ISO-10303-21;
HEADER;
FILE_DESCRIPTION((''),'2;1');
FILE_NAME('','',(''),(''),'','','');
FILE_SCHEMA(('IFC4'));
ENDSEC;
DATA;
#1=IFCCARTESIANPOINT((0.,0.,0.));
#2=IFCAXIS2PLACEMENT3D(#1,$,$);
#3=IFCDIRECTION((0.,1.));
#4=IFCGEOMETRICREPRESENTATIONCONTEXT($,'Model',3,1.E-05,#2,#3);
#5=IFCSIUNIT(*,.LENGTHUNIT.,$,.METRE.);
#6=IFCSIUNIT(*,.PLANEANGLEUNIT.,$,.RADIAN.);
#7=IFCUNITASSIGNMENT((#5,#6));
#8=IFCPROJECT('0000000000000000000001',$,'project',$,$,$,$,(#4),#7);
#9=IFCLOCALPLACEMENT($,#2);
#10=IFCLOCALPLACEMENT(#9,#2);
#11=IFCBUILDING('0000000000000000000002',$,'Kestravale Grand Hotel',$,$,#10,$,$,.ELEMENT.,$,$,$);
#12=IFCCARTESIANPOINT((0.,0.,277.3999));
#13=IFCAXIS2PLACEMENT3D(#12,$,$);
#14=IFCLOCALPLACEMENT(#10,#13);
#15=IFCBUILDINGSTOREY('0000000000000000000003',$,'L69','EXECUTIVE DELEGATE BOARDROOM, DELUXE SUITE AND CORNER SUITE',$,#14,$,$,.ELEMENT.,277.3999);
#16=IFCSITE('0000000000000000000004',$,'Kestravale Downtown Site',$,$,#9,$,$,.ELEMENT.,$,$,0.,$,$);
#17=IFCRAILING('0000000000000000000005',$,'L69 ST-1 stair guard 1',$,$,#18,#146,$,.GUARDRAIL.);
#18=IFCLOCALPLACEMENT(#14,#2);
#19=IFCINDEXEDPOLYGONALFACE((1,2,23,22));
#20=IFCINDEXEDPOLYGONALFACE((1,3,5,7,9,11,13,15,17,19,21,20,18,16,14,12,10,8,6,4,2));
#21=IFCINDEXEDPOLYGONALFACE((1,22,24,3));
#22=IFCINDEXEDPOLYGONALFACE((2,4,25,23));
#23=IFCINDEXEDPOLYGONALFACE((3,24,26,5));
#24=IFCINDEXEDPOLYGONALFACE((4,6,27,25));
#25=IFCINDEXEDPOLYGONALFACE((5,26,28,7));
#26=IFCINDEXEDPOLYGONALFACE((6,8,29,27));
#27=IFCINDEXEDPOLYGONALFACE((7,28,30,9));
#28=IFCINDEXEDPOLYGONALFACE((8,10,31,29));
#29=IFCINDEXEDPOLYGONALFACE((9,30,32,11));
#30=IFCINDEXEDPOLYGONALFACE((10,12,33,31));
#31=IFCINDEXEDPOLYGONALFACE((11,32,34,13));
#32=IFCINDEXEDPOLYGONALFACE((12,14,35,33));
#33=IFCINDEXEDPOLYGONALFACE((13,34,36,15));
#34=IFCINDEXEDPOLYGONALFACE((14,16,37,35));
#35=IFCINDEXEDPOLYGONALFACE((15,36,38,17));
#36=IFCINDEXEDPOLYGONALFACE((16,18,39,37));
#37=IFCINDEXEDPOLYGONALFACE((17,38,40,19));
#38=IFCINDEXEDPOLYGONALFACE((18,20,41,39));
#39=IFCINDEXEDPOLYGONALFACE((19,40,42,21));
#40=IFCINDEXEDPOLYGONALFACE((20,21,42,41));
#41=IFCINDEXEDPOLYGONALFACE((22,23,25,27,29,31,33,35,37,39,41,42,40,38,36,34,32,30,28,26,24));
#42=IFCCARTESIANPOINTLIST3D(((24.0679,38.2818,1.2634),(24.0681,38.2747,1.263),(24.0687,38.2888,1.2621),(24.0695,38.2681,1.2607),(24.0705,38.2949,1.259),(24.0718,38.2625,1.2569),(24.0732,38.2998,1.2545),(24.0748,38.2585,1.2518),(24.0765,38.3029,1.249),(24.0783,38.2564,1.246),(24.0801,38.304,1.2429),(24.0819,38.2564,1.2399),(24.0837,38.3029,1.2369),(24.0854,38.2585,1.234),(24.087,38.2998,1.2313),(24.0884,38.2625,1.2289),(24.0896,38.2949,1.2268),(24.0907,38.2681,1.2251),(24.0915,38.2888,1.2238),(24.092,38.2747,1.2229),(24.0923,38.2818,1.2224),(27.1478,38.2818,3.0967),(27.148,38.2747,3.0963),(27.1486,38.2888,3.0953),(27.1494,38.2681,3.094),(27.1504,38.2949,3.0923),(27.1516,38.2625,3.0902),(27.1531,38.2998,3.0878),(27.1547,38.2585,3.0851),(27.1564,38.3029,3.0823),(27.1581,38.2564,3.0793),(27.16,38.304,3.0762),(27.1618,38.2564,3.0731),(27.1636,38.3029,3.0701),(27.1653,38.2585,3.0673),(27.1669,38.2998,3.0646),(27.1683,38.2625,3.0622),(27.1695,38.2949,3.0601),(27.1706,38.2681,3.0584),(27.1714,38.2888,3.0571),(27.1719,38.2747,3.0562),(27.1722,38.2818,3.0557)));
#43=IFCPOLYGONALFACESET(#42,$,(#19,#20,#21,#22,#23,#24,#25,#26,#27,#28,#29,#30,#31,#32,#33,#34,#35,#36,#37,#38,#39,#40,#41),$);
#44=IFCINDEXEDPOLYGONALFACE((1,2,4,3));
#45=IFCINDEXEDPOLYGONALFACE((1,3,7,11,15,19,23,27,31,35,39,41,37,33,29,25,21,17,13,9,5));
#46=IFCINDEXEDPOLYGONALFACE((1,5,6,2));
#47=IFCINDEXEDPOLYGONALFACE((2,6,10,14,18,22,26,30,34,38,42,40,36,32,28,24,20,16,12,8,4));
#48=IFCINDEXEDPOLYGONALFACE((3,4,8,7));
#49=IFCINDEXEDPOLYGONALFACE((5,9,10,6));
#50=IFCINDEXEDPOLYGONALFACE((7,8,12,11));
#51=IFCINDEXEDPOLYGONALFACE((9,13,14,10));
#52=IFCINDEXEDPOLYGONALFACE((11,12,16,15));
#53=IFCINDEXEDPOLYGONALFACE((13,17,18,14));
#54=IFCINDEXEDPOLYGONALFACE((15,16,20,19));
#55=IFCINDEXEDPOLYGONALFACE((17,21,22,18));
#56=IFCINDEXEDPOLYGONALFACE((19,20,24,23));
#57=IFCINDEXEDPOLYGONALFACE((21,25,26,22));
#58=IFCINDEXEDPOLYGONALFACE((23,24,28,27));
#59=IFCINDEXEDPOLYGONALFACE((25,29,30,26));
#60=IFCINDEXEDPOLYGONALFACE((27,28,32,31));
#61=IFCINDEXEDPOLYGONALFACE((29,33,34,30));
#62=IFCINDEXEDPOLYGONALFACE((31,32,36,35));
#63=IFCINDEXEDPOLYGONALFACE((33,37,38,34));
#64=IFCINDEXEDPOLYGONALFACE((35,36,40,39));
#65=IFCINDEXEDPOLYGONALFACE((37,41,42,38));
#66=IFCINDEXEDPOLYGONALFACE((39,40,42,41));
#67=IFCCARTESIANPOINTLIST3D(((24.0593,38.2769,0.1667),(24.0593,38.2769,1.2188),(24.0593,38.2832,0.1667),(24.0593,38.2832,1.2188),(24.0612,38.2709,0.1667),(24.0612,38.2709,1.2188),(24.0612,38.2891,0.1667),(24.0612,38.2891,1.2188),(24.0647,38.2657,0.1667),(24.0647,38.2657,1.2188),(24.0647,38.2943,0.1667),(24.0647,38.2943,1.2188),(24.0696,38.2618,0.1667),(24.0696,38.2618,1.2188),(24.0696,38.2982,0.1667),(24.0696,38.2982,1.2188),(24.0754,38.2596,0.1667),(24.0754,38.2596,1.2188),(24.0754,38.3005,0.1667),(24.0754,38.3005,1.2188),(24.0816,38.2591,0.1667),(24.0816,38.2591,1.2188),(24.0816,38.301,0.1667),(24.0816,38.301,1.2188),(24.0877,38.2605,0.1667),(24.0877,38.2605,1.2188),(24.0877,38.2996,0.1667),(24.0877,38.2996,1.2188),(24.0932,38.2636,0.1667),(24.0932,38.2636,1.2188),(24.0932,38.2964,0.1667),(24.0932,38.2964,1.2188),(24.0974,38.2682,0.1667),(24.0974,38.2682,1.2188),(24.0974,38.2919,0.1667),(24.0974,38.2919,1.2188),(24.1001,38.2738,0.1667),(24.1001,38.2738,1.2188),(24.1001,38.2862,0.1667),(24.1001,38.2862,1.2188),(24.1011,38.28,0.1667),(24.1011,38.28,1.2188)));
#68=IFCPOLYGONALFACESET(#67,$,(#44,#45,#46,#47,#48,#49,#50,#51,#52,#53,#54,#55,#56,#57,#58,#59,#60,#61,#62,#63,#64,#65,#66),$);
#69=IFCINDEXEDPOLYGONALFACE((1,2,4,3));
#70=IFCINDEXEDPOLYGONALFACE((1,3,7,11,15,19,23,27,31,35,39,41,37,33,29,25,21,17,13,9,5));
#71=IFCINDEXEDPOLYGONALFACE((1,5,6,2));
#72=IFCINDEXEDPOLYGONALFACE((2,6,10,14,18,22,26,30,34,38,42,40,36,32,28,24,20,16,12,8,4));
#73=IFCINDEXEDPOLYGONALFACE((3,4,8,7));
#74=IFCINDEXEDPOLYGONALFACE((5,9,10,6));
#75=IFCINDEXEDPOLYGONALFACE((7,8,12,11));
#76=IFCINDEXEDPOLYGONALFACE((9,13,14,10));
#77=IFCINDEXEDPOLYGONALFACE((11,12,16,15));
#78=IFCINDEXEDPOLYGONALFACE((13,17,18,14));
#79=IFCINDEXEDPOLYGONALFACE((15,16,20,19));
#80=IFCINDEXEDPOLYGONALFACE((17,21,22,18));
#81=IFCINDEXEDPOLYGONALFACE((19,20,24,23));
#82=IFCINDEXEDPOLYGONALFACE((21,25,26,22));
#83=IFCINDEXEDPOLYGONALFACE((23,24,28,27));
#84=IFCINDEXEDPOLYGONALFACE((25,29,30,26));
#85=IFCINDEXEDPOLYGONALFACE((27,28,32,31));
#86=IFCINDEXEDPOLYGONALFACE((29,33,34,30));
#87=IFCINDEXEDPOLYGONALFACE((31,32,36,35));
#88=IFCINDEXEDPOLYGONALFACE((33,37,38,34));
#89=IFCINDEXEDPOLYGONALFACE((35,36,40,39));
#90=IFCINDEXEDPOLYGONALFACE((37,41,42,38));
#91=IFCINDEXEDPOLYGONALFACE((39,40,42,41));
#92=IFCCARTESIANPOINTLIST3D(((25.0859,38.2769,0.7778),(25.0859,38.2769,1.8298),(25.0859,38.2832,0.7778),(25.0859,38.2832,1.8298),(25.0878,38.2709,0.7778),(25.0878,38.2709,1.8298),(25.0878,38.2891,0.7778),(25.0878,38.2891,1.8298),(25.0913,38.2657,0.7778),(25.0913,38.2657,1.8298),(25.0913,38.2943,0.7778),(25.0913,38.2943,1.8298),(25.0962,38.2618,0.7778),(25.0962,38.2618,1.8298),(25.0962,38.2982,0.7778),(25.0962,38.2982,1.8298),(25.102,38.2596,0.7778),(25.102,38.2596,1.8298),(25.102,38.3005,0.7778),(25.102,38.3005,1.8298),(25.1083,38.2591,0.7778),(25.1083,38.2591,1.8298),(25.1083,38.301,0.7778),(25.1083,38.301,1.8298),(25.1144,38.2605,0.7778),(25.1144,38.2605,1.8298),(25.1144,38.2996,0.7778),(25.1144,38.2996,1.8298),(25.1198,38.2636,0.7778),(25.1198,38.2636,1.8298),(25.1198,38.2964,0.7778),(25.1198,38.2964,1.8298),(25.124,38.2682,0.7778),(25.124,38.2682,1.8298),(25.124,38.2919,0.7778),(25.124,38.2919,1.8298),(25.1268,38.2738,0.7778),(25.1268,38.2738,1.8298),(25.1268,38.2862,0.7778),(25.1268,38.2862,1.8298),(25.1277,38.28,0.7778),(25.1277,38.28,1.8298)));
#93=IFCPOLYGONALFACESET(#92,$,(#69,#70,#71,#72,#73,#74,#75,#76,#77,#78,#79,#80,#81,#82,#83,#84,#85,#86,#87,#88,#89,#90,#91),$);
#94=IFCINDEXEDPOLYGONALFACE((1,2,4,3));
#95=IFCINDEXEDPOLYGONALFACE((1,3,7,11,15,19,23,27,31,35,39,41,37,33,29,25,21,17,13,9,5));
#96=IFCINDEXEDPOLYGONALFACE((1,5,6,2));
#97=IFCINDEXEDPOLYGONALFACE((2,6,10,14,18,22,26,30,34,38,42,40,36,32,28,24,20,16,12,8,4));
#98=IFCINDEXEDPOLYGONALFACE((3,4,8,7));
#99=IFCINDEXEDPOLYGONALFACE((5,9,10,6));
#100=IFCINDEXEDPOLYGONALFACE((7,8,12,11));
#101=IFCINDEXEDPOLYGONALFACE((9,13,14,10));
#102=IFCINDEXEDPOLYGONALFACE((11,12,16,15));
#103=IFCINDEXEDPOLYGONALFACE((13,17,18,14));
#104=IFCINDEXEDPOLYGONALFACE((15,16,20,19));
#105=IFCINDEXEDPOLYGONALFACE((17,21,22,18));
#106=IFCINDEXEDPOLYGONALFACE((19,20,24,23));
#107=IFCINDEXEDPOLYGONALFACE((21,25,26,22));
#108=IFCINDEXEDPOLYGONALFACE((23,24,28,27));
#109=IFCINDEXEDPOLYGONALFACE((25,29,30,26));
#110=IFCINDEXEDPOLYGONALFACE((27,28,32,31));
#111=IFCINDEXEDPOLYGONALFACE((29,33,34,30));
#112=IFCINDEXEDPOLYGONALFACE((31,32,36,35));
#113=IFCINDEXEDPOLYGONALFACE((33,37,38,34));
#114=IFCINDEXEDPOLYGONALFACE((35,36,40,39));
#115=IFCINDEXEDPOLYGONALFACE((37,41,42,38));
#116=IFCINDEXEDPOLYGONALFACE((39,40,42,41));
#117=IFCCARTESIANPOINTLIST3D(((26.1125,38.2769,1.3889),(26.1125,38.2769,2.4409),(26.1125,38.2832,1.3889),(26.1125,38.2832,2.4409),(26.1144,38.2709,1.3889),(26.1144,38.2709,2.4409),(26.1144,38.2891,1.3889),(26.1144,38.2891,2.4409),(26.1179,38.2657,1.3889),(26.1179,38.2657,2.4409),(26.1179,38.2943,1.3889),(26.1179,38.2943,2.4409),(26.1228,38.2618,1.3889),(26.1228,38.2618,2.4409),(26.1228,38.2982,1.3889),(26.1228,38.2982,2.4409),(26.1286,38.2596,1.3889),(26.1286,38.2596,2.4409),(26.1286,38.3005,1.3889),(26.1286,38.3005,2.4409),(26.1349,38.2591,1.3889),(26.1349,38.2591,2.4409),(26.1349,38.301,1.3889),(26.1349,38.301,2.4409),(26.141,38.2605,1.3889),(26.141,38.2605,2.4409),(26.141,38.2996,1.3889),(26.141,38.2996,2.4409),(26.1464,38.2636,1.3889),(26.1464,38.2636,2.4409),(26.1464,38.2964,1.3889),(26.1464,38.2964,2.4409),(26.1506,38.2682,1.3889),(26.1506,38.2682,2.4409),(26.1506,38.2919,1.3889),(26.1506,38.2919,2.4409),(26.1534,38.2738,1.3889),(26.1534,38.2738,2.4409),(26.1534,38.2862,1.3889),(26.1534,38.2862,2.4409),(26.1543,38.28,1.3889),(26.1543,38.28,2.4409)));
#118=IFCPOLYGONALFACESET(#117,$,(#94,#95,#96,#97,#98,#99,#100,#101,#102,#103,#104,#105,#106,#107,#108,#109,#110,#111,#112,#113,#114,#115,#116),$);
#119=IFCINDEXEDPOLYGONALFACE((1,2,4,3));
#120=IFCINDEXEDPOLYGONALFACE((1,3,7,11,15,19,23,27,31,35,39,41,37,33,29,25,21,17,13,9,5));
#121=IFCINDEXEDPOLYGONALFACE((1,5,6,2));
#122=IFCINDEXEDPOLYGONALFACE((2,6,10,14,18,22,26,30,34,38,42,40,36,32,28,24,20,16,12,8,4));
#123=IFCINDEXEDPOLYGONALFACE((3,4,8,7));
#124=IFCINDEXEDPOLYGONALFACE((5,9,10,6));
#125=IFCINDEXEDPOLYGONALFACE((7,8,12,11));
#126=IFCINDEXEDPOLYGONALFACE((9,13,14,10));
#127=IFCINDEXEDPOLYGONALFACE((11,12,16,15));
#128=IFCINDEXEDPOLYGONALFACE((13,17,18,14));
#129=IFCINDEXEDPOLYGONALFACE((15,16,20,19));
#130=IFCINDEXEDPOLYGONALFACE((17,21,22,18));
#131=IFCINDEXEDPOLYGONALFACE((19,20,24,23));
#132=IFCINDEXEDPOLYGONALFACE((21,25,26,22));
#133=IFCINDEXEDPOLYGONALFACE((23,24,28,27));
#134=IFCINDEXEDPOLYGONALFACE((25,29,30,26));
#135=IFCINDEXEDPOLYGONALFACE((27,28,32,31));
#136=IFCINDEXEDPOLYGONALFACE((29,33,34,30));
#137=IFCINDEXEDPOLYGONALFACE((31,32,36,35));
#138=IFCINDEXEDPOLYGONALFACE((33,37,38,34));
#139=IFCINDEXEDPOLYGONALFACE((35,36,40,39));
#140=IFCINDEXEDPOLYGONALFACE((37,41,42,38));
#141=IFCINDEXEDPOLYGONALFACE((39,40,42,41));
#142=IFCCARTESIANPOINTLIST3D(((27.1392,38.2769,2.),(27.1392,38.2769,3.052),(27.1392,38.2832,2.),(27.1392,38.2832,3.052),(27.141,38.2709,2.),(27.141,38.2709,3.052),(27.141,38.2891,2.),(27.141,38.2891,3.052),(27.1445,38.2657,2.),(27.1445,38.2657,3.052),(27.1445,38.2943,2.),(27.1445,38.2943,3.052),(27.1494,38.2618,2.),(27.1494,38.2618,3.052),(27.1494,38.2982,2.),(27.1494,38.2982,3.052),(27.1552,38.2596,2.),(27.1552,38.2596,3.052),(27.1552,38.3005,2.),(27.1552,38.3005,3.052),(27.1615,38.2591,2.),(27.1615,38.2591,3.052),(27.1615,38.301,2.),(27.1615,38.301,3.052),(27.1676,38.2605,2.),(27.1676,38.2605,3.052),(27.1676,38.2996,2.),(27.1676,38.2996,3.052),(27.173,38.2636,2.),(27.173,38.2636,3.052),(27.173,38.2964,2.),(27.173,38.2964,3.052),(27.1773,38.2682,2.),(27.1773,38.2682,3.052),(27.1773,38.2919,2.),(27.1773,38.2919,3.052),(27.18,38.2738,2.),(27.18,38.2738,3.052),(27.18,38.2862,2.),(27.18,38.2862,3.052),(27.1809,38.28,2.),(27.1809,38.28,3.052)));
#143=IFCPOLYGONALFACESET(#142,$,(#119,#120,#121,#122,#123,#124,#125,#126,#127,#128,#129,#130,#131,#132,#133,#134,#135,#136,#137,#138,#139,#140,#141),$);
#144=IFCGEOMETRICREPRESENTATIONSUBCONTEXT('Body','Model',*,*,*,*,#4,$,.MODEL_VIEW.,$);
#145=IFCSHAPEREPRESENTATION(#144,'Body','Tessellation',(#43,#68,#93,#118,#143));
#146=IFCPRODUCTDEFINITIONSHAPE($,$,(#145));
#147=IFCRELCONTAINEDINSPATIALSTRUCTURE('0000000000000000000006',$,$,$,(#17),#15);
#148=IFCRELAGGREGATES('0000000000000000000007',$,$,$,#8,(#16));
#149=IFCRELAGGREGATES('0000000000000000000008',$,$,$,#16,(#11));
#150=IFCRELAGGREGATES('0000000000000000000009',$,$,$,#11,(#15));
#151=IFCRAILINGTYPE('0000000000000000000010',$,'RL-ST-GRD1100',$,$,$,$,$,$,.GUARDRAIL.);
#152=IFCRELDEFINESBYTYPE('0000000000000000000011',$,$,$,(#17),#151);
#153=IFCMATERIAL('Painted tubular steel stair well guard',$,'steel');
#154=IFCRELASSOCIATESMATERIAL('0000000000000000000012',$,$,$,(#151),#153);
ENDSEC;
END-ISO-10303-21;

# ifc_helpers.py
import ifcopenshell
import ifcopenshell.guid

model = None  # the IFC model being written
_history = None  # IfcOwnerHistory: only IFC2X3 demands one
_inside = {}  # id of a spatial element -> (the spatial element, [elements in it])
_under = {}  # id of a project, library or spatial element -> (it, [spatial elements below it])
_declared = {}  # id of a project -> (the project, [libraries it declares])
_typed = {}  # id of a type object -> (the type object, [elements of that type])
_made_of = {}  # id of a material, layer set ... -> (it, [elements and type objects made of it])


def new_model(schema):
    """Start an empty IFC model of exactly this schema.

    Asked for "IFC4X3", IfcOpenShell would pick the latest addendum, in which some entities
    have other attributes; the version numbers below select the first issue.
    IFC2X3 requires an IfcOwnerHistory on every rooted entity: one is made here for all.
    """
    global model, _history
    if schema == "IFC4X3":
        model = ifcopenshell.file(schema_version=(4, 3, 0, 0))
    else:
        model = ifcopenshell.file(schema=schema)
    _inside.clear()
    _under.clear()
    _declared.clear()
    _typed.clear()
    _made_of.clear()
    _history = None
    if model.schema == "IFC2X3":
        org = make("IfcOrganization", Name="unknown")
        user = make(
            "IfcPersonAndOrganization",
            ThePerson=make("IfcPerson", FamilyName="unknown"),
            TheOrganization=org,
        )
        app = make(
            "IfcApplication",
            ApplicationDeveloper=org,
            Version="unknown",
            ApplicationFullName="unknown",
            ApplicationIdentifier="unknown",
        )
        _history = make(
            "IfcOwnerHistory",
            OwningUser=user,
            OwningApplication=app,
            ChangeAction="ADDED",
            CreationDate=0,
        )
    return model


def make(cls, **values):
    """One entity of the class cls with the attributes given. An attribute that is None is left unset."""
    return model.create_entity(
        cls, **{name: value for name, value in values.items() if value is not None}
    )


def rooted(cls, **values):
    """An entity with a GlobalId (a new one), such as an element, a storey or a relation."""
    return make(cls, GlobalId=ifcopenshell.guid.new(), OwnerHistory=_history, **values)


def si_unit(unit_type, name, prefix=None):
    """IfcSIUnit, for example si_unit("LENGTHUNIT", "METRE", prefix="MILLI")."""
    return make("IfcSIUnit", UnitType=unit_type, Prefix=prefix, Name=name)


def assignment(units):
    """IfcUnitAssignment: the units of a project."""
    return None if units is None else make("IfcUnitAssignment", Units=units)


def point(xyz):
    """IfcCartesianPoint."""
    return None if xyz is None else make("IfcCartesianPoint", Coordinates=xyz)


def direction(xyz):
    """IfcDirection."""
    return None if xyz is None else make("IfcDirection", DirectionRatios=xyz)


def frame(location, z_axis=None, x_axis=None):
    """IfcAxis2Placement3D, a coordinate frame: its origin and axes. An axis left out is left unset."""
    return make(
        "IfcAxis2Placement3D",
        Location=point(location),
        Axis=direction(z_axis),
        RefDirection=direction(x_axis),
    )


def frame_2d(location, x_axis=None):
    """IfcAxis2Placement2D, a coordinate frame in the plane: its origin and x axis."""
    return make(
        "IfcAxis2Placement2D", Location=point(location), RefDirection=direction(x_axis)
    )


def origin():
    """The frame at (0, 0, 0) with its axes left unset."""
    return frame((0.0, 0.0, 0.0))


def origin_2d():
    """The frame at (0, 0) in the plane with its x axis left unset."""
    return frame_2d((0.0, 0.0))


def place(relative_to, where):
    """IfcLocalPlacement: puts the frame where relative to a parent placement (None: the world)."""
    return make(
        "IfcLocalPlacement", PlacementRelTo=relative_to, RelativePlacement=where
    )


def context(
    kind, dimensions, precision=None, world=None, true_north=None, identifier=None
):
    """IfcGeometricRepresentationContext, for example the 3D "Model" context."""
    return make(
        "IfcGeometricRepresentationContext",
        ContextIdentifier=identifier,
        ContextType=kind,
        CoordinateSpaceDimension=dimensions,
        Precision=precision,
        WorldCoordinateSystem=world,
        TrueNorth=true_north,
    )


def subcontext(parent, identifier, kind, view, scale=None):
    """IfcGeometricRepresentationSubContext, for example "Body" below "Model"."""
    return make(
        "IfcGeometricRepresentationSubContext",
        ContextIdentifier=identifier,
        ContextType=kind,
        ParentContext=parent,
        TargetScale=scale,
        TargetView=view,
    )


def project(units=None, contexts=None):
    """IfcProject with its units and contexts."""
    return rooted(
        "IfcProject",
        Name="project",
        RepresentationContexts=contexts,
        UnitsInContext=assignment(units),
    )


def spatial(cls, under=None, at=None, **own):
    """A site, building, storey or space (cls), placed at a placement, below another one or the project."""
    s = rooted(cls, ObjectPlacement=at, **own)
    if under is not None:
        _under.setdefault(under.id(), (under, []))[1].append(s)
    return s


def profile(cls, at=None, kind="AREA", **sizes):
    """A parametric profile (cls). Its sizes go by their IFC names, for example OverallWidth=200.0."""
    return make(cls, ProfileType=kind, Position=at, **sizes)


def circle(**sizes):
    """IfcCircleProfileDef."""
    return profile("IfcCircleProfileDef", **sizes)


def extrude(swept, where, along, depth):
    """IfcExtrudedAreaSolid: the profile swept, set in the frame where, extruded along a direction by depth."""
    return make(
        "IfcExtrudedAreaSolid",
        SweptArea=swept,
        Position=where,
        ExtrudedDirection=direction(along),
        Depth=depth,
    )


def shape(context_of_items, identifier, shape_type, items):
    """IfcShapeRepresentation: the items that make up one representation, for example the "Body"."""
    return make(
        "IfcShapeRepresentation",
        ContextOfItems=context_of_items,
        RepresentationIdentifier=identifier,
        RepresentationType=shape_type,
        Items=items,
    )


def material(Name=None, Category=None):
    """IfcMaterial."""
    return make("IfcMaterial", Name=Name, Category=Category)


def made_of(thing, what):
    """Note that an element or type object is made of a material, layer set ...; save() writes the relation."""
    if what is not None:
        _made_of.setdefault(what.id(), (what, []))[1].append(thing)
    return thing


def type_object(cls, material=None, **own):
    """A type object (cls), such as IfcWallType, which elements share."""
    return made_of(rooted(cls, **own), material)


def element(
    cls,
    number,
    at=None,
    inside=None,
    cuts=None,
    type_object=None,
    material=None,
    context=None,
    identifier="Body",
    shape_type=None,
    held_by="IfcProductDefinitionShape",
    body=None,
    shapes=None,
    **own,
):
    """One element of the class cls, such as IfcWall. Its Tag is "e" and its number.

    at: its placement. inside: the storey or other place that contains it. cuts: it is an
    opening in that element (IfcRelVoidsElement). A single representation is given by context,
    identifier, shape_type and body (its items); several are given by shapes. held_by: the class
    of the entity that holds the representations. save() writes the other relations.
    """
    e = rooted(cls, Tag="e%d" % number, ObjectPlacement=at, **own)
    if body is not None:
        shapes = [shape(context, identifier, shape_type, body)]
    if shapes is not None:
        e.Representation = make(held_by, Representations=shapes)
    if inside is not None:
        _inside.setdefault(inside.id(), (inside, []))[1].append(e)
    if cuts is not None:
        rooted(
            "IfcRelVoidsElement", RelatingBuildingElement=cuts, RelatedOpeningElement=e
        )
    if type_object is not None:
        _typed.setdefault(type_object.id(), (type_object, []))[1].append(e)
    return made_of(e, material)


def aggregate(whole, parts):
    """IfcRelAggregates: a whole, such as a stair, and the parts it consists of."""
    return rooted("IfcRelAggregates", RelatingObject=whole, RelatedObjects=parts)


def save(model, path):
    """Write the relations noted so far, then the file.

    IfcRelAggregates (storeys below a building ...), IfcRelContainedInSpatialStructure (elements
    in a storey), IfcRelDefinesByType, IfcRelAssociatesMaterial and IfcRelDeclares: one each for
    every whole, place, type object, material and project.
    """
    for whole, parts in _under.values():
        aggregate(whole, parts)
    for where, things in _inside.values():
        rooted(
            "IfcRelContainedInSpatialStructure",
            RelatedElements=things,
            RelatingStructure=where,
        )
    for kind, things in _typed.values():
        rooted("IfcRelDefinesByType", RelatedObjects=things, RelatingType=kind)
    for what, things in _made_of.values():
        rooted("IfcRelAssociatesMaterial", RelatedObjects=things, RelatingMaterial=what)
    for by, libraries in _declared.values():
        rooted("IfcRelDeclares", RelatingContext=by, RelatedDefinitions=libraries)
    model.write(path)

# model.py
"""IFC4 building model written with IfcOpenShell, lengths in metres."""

from ifc_helpers import new_model, si_unit, direction, frame, origin, origin_2d, place, context, subcontext, project, spatial, circle, extrude, material, type_object, element, save


model = new_model("IFC4")

# Units and contexts
model_context = context("Model", 3, precision=1e-05, world=origin(), true_north=direction((0.0, 1.0)))
body_context = subcontext(model_context, "Body", "Model", "MODEL_VIEW")
ifc_project = project(units=[si_unit("LENGTHUNIT", "METRE"), si_unit("PLANEANGLEUNIT", "RADIAN")], contexts=[model_context])

# Site, building, storey
site_placement = place(None, origin())
site = spatial("IfcSite", under=ifc_project, at=site_placement, Name="Kestravale Downtown Site", CompositionType="ELEMENT", RefElevation=0.0)
building_placement = place(site_placement, origin())
building = spatial("IfcBuilding", under=site, at=building_placement, Name="Kestravale Grand Hotel", CompositionType="ELEMENT")
storey_placement = place(building_placement, frame((0.0, 0.0, 277.3999)))
storey = spatial("IfcBuildingStorey", under=building, at=storey_placement, Name="L69", Description="EXECUTIVE DELEGATE BOARDROOM, DELUXE SUITE AND CORNER SUITE", CompositionType="ELEMENT", Elevation=277.3999)

# Railing
ifc_material_1 = material(Name="Painted tubular steel stair well guard", Category="steel")
railing_type_1 = type_object("IfcRailingType", Name="RL-ST-GRD1100", PredefinedType="GUARDRAIL", material=ifc_material_1)
railing_1_placement = place(storey_placement, frame((24.0801, 38.28, 0.1667)))
element("IfcRailing", 1, at=railing_1_placement, inside=storey, type_object=railing_type_1, Name="L69 ST-1 stair guard 1", PredefinedType="GUARDRAIL", context=body_context, shape_type="SweptSolid", body=[
    extrude(circle(Radius=0.0239, at=origin_2d()), frame((0.0, 0.0, 1.0762), z_axis=(0.859291, 0.0, 0.511487), x_axis=(0.0, 1.0, 0.0)), (0.0, 0.0, 1.0), 3.5842),
    extrude(circle(Radius=0.021, at=origin_2d()), origin(), (0.0, 0.0, 1.0), 1.052),
    extrude(circle(Radius=0.021, at=origin_2d()), frame((1.0266, 0.0, 0.6111)), (0.0, 0.0, 1.0), 1.052),
    extrude(circle(Radius=0.021, at=origin_2d()), frame((2.0532, 0.0, 1.2222)), (0.0, 0.0, 1.0), 1.052),
    extrude(circle(Radius=0.021, at=origin_2d()), frame((3.0798, 0.0, 1.8333)), (0.0, 0.0, 1.0), 1.052),
])

save(model, "model.ifc")
